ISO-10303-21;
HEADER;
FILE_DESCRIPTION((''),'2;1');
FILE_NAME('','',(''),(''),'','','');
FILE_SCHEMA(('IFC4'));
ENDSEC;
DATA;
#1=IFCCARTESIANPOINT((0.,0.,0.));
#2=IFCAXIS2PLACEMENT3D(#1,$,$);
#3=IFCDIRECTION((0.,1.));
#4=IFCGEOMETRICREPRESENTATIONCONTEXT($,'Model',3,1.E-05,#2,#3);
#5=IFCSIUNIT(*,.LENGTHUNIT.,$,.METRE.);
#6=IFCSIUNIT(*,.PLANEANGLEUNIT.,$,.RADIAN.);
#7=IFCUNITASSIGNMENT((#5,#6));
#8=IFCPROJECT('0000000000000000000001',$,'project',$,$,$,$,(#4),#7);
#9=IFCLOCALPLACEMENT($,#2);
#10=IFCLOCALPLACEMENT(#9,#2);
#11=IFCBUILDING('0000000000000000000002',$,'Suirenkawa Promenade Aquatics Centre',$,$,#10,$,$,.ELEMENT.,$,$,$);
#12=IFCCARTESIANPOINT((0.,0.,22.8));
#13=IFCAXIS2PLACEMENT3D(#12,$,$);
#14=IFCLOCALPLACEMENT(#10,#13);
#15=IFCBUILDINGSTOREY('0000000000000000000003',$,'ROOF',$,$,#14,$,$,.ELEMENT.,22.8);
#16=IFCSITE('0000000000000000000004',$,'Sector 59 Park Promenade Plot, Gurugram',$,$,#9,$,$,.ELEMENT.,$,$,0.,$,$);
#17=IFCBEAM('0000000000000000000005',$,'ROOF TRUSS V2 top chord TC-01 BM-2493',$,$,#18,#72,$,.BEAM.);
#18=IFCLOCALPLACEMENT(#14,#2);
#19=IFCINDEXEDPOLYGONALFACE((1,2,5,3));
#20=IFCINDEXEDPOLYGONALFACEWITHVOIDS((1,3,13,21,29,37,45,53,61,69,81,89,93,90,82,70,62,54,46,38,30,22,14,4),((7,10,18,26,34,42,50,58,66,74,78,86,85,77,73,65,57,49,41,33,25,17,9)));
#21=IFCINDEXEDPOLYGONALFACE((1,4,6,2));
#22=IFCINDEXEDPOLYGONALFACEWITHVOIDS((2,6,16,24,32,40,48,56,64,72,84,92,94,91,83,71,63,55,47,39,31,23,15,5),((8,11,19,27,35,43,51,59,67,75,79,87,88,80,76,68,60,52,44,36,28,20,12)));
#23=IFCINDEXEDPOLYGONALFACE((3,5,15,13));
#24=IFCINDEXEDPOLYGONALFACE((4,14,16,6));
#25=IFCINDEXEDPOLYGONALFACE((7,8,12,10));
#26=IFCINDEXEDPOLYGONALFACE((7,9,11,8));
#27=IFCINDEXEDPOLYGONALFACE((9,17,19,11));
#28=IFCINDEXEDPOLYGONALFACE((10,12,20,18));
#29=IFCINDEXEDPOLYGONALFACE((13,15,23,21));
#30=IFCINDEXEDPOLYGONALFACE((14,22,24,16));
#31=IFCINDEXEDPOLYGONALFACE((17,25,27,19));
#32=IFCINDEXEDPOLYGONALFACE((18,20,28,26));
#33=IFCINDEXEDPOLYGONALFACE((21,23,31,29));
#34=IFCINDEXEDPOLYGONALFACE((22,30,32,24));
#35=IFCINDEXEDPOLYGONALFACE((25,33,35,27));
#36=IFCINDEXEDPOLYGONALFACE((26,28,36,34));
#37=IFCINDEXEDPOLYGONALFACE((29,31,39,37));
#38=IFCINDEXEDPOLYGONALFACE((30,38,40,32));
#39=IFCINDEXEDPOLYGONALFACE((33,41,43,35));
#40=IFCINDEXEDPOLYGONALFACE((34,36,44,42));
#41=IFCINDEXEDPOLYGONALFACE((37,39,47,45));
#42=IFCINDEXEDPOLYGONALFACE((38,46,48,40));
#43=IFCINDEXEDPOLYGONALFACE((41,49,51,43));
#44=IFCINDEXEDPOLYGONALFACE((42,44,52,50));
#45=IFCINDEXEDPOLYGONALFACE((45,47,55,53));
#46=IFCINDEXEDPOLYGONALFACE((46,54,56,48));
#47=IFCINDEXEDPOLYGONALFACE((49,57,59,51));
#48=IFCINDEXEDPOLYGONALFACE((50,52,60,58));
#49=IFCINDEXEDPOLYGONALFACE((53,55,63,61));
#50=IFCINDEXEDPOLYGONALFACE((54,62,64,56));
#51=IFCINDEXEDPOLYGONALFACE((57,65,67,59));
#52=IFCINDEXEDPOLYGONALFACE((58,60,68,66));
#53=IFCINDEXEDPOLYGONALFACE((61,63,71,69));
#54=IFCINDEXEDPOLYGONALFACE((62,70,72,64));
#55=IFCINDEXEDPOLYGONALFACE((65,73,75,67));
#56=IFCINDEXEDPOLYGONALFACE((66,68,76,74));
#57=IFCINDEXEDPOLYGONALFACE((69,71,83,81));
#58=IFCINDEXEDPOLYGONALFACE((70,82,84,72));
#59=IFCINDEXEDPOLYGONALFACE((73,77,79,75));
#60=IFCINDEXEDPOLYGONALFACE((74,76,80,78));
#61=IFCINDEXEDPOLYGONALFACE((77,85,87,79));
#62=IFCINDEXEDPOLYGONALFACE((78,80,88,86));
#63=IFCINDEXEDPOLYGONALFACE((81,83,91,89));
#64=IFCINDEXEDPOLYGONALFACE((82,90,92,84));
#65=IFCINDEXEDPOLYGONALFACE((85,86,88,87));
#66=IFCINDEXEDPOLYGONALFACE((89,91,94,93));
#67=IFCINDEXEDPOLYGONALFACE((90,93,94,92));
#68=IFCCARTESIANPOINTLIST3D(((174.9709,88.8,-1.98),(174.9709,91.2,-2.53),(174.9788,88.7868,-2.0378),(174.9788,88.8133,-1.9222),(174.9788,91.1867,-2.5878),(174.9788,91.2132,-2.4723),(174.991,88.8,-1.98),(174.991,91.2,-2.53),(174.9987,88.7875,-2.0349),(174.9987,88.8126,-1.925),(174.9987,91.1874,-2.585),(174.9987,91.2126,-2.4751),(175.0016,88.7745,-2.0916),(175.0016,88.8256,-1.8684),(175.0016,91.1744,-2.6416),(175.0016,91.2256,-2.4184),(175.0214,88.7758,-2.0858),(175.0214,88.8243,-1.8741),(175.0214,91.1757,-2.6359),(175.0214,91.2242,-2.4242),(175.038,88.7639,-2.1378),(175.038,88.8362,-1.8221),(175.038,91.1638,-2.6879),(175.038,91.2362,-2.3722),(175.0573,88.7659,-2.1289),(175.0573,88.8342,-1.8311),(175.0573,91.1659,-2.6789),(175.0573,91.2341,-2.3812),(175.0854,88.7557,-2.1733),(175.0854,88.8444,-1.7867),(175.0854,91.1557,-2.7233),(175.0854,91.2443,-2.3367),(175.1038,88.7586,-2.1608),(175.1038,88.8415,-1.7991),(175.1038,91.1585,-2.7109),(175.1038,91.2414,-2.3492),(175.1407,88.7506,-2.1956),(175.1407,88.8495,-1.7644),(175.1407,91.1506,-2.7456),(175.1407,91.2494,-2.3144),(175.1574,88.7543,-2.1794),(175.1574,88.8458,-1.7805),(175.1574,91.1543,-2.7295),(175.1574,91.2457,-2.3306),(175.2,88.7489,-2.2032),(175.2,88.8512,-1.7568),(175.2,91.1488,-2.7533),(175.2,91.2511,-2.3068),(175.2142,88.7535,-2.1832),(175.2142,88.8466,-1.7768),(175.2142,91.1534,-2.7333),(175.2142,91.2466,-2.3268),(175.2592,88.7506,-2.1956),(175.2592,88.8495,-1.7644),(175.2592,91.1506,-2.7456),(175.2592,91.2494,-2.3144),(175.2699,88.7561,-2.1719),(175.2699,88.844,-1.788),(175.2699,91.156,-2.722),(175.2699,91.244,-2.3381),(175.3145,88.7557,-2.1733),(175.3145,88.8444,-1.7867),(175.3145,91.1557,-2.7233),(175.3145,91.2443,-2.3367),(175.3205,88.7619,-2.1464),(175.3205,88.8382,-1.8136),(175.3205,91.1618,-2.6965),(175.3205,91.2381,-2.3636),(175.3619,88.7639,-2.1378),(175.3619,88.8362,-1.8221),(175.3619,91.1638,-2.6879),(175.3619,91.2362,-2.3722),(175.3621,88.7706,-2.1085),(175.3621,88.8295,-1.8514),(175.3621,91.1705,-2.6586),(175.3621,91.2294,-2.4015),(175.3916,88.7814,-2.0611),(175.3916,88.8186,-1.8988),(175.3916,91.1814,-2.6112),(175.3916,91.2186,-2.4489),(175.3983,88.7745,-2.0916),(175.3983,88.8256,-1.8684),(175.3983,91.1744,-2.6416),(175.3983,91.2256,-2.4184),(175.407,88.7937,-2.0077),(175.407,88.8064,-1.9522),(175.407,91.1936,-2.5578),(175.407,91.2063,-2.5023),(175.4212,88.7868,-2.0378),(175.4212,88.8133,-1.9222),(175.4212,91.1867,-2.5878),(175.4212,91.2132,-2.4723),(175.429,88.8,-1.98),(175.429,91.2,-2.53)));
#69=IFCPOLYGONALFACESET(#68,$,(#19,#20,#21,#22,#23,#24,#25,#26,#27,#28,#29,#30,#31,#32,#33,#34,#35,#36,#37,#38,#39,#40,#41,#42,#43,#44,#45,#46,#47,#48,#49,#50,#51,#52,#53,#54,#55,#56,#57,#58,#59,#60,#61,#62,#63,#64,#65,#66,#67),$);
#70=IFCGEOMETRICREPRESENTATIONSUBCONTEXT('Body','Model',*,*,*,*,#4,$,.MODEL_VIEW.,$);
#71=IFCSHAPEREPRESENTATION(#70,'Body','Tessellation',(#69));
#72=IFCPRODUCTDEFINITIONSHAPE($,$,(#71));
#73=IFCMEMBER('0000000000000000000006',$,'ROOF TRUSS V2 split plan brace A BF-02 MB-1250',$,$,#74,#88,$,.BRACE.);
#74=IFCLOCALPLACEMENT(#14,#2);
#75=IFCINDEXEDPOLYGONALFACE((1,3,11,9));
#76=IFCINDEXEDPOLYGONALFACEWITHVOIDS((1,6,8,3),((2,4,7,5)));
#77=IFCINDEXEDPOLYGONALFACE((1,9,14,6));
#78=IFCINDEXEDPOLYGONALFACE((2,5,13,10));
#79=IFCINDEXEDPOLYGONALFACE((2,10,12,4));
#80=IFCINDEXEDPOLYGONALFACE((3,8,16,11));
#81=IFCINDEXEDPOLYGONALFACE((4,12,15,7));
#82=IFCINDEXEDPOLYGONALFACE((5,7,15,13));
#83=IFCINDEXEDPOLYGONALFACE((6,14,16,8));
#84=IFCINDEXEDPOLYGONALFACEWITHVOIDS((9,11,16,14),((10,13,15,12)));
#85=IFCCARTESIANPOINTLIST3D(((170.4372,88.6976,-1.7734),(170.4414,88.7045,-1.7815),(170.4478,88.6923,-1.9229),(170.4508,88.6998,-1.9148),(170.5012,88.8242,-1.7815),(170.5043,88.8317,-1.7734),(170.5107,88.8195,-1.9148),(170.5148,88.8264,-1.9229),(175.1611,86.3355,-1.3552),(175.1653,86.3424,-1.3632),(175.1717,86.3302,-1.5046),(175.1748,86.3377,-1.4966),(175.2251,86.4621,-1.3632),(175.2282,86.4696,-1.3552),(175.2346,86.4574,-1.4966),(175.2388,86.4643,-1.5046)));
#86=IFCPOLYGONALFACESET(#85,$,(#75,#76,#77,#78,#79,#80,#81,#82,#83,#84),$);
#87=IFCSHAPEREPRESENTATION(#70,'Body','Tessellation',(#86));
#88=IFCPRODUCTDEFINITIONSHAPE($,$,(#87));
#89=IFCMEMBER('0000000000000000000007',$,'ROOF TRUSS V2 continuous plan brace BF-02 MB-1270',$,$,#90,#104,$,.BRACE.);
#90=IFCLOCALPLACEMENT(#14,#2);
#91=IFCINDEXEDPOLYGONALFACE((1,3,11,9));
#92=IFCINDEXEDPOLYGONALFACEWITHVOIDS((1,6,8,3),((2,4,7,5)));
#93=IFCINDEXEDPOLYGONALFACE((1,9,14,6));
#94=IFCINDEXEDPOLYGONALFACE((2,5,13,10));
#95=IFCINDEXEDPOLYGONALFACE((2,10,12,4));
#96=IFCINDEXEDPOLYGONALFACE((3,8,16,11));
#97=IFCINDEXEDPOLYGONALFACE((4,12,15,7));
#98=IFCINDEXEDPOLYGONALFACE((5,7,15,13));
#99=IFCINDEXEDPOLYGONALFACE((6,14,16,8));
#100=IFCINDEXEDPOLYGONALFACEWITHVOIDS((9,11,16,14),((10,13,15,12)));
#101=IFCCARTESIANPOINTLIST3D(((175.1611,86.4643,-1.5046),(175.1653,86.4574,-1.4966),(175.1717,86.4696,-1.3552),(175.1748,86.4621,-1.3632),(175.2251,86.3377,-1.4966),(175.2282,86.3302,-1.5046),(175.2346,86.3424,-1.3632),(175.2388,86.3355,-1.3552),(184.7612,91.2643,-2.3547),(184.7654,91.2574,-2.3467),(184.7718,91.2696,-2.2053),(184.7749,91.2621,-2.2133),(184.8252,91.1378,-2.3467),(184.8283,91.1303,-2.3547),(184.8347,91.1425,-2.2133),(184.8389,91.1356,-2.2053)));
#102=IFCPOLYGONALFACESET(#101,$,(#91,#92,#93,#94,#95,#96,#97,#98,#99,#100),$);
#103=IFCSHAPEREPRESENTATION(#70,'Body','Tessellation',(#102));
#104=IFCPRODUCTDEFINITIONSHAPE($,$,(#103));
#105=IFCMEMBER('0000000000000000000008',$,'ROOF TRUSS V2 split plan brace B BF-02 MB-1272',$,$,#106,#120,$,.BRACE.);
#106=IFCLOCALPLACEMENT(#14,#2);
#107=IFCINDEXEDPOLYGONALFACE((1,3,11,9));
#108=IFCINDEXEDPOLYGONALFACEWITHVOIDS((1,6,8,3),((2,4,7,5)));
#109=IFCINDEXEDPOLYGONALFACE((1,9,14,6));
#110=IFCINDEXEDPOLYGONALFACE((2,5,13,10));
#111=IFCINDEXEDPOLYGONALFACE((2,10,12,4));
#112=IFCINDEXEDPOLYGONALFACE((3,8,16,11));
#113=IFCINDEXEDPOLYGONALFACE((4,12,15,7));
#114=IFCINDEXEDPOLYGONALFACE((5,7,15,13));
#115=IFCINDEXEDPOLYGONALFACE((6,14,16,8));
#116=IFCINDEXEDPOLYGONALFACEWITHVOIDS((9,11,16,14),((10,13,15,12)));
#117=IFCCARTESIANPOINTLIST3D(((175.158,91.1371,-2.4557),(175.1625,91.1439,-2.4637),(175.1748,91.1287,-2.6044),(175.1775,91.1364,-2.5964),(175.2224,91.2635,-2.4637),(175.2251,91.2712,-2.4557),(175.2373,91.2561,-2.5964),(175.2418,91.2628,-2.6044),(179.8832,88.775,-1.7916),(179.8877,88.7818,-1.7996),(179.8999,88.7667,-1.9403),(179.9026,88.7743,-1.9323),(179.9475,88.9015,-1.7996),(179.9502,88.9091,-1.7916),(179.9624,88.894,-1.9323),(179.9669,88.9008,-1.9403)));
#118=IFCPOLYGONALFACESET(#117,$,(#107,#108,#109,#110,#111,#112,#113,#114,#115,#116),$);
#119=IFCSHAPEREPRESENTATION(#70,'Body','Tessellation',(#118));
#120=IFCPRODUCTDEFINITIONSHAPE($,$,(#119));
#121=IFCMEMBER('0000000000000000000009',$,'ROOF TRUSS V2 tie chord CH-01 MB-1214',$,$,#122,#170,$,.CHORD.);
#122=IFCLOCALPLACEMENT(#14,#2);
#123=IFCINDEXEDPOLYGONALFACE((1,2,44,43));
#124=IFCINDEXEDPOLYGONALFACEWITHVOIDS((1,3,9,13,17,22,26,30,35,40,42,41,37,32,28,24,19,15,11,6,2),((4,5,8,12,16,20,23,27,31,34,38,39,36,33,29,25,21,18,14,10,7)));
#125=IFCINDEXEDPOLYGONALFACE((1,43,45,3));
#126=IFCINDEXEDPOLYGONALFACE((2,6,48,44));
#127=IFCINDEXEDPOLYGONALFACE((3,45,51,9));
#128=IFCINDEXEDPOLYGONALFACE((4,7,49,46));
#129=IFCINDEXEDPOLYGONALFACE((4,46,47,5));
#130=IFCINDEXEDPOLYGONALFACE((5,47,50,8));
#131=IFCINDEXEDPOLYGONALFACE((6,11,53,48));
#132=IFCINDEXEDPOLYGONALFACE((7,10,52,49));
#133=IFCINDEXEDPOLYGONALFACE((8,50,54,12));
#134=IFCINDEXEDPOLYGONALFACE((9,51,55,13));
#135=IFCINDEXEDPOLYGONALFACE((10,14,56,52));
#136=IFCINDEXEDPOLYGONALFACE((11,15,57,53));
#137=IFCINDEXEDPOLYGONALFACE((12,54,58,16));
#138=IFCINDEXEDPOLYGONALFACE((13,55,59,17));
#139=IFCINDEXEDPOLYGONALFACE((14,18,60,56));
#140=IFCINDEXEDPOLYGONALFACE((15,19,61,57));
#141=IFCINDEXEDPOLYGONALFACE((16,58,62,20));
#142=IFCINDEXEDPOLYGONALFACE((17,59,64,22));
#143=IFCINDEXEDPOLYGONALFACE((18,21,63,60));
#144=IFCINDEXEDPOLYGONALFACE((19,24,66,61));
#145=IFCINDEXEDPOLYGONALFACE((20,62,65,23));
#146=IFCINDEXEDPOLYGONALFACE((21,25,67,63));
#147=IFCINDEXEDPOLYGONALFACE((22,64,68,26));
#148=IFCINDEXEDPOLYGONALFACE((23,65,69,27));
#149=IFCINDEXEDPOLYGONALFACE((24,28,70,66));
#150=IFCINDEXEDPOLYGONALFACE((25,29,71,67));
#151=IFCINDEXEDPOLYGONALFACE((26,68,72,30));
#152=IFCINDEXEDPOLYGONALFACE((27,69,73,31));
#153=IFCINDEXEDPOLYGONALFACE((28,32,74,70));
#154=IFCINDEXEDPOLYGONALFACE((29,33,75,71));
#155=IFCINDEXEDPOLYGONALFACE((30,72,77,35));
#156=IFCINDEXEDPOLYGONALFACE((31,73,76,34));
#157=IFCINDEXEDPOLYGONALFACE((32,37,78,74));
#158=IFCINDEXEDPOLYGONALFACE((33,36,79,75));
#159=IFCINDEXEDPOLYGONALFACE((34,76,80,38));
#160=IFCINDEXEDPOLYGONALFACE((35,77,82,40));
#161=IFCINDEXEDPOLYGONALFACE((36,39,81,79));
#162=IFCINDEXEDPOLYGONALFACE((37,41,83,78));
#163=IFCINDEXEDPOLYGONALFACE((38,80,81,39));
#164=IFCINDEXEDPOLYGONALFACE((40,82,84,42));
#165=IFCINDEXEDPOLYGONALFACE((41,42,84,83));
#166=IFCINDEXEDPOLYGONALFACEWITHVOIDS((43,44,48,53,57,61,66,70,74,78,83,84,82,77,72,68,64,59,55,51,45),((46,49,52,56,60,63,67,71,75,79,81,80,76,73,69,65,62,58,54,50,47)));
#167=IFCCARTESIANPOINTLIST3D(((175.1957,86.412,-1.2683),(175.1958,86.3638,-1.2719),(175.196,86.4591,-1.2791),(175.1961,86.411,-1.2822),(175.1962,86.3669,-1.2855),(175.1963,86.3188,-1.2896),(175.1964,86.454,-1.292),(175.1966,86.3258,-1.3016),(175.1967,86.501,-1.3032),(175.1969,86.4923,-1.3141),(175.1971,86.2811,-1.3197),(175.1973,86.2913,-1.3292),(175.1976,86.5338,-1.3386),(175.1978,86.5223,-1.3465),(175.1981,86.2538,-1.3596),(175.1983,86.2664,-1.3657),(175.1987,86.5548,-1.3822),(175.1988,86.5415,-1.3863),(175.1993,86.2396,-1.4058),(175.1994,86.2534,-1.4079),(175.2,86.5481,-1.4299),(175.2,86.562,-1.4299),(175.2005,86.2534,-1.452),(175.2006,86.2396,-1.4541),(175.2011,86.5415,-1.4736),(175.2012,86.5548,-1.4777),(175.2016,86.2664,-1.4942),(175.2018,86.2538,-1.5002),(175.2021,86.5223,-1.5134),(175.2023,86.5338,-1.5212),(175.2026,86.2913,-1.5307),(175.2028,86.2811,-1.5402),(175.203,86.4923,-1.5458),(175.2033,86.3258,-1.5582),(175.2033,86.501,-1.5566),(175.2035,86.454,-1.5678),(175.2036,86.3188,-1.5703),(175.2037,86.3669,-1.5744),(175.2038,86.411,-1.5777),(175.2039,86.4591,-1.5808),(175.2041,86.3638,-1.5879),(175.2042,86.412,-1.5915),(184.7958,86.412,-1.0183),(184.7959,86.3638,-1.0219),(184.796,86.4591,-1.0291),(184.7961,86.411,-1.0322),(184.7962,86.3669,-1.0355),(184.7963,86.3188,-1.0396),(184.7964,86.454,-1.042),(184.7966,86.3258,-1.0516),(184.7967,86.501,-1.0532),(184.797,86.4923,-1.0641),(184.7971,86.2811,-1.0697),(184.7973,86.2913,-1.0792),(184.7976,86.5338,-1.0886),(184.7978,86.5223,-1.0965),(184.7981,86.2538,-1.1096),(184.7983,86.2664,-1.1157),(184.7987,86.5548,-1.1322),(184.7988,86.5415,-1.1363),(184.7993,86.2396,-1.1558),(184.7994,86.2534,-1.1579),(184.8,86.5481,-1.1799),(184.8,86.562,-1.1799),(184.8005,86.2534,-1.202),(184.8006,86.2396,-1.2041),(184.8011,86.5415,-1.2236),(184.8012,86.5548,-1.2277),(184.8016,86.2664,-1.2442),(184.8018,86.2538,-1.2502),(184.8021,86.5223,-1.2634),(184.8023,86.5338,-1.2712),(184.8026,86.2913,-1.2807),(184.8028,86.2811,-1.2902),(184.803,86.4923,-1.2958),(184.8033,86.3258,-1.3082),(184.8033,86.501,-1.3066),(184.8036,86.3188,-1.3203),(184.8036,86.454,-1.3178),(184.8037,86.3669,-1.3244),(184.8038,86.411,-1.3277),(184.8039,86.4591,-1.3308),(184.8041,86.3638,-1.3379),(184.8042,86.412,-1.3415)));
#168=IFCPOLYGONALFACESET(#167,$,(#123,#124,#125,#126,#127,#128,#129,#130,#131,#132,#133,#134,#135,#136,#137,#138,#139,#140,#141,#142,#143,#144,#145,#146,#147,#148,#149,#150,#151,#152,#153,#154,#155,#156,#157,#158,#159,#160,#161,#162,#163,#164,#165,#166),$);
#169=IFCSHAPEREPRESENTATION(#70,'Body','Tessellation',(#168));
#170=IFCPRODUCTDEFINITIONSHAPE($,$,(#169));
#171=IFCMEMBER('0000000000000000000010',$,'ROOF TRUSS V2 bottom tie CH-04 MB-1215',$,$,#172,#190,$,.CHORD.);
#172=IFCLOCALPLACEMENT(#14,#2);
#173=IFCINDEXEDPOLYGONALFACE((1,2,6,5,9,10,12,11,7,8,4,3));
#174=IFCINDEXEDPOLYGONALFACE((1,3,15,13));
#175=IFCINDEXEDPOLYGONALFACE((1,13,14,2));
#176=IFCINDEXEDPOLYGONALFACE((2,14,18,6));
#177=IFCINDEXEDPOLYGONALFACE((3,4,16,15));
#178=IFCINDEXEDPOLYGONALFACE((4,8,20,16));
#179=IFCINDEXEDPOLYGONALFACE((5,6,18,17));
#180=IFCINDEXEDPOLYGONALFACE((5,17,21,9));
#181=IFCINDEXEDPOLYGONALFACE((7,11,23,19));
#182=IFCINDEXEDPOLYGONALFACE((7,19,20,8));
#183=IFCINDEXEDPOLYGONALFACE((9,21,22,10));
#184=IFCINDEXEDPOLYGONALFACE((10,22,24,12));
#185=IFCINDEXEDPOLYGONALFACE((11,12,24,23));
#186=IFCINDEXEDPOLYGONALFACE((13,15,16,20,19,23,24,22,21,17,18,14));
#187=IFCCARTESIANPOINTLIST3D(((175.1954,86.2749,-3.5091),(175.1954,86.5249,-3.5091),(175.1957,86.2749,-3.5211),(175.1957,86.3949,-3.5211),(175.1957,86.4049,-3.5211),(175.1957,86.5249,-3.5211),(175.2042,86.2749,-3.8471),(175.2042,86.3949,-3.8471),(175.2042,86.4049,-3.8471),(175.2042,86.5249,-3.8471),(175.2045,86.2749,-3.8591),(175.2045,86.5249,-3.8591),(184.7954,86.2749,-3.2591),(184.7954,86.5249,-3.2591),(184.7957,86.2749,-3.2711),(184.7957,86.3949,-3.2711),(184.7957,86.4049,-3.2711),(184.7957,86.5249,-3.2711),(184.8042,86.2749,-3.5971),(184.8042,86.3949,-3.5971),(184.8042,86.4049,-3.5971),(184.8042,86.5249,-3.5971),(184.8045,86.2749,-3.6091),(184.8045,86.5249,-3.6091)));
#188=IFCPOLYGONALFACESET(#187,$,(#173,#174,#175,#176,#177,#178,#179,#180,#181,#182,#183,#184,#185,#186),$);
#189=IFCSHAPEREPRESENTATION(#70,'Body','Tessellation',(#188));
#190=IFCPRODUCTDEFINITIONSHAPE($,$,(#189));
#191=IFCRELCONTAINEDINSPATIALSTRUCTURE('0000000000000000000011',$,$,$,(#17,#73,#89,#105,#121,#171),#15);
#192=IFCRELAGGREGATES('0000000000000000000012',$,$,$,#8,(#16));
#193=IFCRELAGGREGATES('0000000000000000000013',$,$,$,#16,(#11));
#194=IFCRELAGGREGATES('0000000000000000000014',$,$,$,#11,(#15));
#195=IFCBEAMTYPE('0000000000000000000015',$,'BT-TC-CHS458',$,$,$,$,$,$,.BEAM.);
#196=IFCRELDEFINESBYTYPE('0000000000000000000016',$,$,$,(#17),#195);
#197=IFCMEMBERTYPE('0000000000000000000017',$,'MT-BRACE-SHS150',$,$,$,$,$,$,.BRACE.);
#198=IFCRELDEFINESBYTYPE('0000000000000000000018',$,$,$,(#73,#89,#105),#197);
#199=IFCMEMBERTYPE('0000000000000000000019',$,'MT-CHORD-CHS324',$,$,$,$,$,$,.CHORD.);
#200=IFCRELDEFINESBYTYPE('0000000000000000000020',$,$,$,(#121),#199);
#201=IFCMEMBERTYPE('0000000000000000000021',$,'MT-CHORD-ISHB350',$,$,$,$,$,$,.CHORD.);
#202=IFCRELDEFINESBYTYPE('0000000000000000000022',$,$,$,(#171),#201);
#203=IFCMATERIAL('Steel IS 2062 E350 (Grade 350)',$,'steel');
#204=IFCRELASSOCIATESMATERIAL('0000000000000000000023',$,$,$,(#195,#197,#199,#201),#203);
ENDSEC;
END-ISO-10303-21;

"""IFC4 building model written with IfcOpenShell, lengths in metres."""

from ifc_helpers import new_model, si_unit, direction, frame, origin, origin_2d, place, context, subcontext, project, spatial, hollow_rectangle, hollow_circle, i_section, extrude, material, material_profile, profile_set, type_object, element, save


model = new_model("IFC4")

# Units and contexts
model_context = context("Model", 3, precision=1e-05, world=origin(), true_north=direction((0.0, 1.0)))
body_context = subcontext(model_context, "Body", "Model", "MODEL_VIEW")
ifc_project = project(units=[si_unit("LENGTHUNIT", "METRE"), si_unit("PLANEANGLEUNIT", "RADIAN")], contexts=[model_context])

# Site, building, storey
site_placement = place(None, origin())
site = spatial("IfcSite", under=ifc_project, at=site_placement, Name="Sector 59 Park Promenade Plot, Gurugram", CompositionType="ELEMENT", RefElevation=0.0)
building_placement = place(site_placement, origin())
building = spatial("IfcBuilding", under=site, at=building_placement, Name="Suirenkawa Promenade Aquatics Centre", CompositionType="ELEMENT")
storey_placement = place(building_placement, frame((0.0, 0.0, 22.8)))
storey = spatial("IfcBuildingStorey", under=building, at=storey_placement, Name="ROOF", CompositionType="ELEMENT", Elevation=22.8)

# Beam
ifc_material_1 = material(Name="Steel IS 2062 E350 (Grade 350)", Category="steel")
ifc_material_profile_1 = material_profile(ifc_material_1, hollow_circle(Radius=0.229, WallThickness=0.02, at=origin_2d()), Name="CHS 458x20", Category="steel")
ifc_profile_set_1 = profile_set([ifc_material_profile_1], Name="Steel IS 2062 E350 (Grade 350)")
beam_type_1 = type_object("IfcBeamType", Name="BT-TC-CHS458", PredefinedType="BEAM", material=ifc_profile_set_1)
beam_1_placement = place(storey_placement, frame((175.2, 88.8, -1.98), z_axis=(0.0, 0.974726, -0.223404), x_axis=(-1.0, 0.0, 0.0)))
element("IfcBeam", 1, at=beam_1_placement, inside=storey, type_object=beam_type_1, Name="ROOF TRUSS V2 top chord TC-01 BM-2493", PredefinedType="BEAM", context=body_context, shape_type="SweptSolid", body=[
    extrude(hollow_circle(Radius=0.229, WallThickness=0.02, at=origin_2d()), origin(), (0.0, 0.0, 1.0), 2.4622),
])

# Members
ifc_material_profile_2 = material_profile(ifc_material_1, hollow_rectangle(XDim=0.1499, YDim=0.1499, WallThickness=0.0081, at=origin_2d()), Name="SHS 150x150x8", Category="steel")
ifc_profile_set_2 = profile_set([ifc_material_profile_2], Name="Steel IS 2062 E350 (Grade 350)")
member_type_1 = type_object("IfcMemberType", Name="MT-BRACE-SHS150", PredefinedType="BRACE", material=ifc_profile_set_2)
member_1_placement = place(storey_placement, frame((175.2, 86.3999, -1.4299), z_axis=(-0.891627, 0.445837, -0.078937), x_axis=(-0.447232, -0.894418, 0.0)))
element("IfcMember", 2, at=member_1_placement, inside=storey, type_object=member_type_1, Name="ROOF TRUSS V2 split plan brace A BF-02 MB-1250", PredefinedType="BRACE", context=body_context, shape_type="SweptSolid", body=[
    extrude(hollow_rectangle(XDim=0.1499, YDim=0.1499, WallThickness=0.0081, at=origin_2d()), origin(), (0.0, 0.0, 1.0), 5.2981),
])
member_2_placement = place(storey_placement, frame((175.2, 86.3999, -1.4299), z_axis=(0.891635, 0.445817, -0.078955), x_axis=(-0.447214, 0.894427, 0.0)))
element("IfcMember", 3, at=member_2_placement, inside=storey, type_object=member_type_1, Name="ROOF TRUSS V2 continuous plan brace BF-02 MB-1270", PredefinedType="BRACE", context=body_context, shape_type="SweptSolid", body=[
    extrude(hollow_rectangle(XDim=0.1499, YDim=0.1499, WallThickness=0.0081, at=origin_2d()), origin(), (0.0, 0.0, 1.0), 10.7668),
])
member_3_placement = place(storey_placement, frame((179.925, 88.8379, -1.866), z_axis=(-0.88748, 0.443648, -0.124726), x_axis=(-0.44714, -0.894464, 0.0)))
element("IfcMember", 4, at=member_3_placement, inside=storey, type_object=member_type_1, Name="ROOF TRUSS V2 split plan brace B BF-02 MB-1272", PredefinedType="BRACE", context=body_context, shape_type="SweptSolid", body=[
    extrude(hollow_rectangle(XDim=0.1499, YDim=0.1499, WallThickness=0.0081, at=origin_2d()), origin(), (0.0, 0.0, 1.0), 5.3242),
])
ifc_material_profile_3 = material_profile(ifc_material_1, hollow_circle(Radius=0.1621, WallThickness=0.0139, at=origin_2d()), Name="CHS 324x14", Category="steel")
ifc_profile_set_3 = profile_set([ifc_material_profile_3], Name="Steel IS 2062 E350 (Grade 350)")
member_type_2 = type_object("IfcMemberType", Name="MT-CHORD-CHS324", PredefinedType="CHORD", material=ifc_profile_set_3)
member_4_placement = place(storey_placement, frame((175.2, 86.3999, -1.4299), z_axis=(0.999661, 0.0, 0.026033), x_axis=(0.0, 1.0, 0.0)))
element("IfcMember", 5, at=member_4_placement, inside=storey, type_object=member_type_2, Name="ROOF TRUSS V2 tie chord CH-01 MB-1214", PredefinedType="CHORD", context=body_context, shape_type="SweptSolid", body=[
    extrude(hollow_circle(Radius=0.1621, WallThickness=0.0139, at=origin_2d()), origin(), (0.0, 0.0, 1.0), 9.6033),
])
ifc_material_profile_4 = material_profile(ifc_material_1, i_section(OverallWidth=0.25, OverallDepth=0.3501, WebThickness=0.01, FlangeThickness=0.012, at=origin_2d()), Name="ISHB 350", Category="steel")
ifc_profile_set_4 = profile_set([ifc_material_profile_4], Name="Steel IS 2062 E350 (Grade 350)")
member_type_3 = type_object("IfcMemberType", Name="MT-CHORD-ISHB350", PredefinedType="CHORD", material=ifc_profile_set_4)
member_5_placement = place(storey_placement, frame((175.2, 86.3999, -3.6841), z_axis=(0.999661, 0.0, 0.026033), x_axis=(0.0, 1.0, 0.0)))
element("IfcMember", 6, at=member_5_placement, inside=storey, type_object=member_type_3, Name="ROOF TRUSS V2 bottom tie CH-04 MB-1215", PredefinedType="CHORD", context=body_context, shape_type="SweptSolid", body=[
    extrude(i_section(OverallWidth=0.25, OverallDepth=0.3501, WebThickness=0.01, FlangeThickness=0.012, at=origin_2d()), origin(), (0.0, 0.0, 1.0), 9.6033),
])

save(model, "model.ifc")
